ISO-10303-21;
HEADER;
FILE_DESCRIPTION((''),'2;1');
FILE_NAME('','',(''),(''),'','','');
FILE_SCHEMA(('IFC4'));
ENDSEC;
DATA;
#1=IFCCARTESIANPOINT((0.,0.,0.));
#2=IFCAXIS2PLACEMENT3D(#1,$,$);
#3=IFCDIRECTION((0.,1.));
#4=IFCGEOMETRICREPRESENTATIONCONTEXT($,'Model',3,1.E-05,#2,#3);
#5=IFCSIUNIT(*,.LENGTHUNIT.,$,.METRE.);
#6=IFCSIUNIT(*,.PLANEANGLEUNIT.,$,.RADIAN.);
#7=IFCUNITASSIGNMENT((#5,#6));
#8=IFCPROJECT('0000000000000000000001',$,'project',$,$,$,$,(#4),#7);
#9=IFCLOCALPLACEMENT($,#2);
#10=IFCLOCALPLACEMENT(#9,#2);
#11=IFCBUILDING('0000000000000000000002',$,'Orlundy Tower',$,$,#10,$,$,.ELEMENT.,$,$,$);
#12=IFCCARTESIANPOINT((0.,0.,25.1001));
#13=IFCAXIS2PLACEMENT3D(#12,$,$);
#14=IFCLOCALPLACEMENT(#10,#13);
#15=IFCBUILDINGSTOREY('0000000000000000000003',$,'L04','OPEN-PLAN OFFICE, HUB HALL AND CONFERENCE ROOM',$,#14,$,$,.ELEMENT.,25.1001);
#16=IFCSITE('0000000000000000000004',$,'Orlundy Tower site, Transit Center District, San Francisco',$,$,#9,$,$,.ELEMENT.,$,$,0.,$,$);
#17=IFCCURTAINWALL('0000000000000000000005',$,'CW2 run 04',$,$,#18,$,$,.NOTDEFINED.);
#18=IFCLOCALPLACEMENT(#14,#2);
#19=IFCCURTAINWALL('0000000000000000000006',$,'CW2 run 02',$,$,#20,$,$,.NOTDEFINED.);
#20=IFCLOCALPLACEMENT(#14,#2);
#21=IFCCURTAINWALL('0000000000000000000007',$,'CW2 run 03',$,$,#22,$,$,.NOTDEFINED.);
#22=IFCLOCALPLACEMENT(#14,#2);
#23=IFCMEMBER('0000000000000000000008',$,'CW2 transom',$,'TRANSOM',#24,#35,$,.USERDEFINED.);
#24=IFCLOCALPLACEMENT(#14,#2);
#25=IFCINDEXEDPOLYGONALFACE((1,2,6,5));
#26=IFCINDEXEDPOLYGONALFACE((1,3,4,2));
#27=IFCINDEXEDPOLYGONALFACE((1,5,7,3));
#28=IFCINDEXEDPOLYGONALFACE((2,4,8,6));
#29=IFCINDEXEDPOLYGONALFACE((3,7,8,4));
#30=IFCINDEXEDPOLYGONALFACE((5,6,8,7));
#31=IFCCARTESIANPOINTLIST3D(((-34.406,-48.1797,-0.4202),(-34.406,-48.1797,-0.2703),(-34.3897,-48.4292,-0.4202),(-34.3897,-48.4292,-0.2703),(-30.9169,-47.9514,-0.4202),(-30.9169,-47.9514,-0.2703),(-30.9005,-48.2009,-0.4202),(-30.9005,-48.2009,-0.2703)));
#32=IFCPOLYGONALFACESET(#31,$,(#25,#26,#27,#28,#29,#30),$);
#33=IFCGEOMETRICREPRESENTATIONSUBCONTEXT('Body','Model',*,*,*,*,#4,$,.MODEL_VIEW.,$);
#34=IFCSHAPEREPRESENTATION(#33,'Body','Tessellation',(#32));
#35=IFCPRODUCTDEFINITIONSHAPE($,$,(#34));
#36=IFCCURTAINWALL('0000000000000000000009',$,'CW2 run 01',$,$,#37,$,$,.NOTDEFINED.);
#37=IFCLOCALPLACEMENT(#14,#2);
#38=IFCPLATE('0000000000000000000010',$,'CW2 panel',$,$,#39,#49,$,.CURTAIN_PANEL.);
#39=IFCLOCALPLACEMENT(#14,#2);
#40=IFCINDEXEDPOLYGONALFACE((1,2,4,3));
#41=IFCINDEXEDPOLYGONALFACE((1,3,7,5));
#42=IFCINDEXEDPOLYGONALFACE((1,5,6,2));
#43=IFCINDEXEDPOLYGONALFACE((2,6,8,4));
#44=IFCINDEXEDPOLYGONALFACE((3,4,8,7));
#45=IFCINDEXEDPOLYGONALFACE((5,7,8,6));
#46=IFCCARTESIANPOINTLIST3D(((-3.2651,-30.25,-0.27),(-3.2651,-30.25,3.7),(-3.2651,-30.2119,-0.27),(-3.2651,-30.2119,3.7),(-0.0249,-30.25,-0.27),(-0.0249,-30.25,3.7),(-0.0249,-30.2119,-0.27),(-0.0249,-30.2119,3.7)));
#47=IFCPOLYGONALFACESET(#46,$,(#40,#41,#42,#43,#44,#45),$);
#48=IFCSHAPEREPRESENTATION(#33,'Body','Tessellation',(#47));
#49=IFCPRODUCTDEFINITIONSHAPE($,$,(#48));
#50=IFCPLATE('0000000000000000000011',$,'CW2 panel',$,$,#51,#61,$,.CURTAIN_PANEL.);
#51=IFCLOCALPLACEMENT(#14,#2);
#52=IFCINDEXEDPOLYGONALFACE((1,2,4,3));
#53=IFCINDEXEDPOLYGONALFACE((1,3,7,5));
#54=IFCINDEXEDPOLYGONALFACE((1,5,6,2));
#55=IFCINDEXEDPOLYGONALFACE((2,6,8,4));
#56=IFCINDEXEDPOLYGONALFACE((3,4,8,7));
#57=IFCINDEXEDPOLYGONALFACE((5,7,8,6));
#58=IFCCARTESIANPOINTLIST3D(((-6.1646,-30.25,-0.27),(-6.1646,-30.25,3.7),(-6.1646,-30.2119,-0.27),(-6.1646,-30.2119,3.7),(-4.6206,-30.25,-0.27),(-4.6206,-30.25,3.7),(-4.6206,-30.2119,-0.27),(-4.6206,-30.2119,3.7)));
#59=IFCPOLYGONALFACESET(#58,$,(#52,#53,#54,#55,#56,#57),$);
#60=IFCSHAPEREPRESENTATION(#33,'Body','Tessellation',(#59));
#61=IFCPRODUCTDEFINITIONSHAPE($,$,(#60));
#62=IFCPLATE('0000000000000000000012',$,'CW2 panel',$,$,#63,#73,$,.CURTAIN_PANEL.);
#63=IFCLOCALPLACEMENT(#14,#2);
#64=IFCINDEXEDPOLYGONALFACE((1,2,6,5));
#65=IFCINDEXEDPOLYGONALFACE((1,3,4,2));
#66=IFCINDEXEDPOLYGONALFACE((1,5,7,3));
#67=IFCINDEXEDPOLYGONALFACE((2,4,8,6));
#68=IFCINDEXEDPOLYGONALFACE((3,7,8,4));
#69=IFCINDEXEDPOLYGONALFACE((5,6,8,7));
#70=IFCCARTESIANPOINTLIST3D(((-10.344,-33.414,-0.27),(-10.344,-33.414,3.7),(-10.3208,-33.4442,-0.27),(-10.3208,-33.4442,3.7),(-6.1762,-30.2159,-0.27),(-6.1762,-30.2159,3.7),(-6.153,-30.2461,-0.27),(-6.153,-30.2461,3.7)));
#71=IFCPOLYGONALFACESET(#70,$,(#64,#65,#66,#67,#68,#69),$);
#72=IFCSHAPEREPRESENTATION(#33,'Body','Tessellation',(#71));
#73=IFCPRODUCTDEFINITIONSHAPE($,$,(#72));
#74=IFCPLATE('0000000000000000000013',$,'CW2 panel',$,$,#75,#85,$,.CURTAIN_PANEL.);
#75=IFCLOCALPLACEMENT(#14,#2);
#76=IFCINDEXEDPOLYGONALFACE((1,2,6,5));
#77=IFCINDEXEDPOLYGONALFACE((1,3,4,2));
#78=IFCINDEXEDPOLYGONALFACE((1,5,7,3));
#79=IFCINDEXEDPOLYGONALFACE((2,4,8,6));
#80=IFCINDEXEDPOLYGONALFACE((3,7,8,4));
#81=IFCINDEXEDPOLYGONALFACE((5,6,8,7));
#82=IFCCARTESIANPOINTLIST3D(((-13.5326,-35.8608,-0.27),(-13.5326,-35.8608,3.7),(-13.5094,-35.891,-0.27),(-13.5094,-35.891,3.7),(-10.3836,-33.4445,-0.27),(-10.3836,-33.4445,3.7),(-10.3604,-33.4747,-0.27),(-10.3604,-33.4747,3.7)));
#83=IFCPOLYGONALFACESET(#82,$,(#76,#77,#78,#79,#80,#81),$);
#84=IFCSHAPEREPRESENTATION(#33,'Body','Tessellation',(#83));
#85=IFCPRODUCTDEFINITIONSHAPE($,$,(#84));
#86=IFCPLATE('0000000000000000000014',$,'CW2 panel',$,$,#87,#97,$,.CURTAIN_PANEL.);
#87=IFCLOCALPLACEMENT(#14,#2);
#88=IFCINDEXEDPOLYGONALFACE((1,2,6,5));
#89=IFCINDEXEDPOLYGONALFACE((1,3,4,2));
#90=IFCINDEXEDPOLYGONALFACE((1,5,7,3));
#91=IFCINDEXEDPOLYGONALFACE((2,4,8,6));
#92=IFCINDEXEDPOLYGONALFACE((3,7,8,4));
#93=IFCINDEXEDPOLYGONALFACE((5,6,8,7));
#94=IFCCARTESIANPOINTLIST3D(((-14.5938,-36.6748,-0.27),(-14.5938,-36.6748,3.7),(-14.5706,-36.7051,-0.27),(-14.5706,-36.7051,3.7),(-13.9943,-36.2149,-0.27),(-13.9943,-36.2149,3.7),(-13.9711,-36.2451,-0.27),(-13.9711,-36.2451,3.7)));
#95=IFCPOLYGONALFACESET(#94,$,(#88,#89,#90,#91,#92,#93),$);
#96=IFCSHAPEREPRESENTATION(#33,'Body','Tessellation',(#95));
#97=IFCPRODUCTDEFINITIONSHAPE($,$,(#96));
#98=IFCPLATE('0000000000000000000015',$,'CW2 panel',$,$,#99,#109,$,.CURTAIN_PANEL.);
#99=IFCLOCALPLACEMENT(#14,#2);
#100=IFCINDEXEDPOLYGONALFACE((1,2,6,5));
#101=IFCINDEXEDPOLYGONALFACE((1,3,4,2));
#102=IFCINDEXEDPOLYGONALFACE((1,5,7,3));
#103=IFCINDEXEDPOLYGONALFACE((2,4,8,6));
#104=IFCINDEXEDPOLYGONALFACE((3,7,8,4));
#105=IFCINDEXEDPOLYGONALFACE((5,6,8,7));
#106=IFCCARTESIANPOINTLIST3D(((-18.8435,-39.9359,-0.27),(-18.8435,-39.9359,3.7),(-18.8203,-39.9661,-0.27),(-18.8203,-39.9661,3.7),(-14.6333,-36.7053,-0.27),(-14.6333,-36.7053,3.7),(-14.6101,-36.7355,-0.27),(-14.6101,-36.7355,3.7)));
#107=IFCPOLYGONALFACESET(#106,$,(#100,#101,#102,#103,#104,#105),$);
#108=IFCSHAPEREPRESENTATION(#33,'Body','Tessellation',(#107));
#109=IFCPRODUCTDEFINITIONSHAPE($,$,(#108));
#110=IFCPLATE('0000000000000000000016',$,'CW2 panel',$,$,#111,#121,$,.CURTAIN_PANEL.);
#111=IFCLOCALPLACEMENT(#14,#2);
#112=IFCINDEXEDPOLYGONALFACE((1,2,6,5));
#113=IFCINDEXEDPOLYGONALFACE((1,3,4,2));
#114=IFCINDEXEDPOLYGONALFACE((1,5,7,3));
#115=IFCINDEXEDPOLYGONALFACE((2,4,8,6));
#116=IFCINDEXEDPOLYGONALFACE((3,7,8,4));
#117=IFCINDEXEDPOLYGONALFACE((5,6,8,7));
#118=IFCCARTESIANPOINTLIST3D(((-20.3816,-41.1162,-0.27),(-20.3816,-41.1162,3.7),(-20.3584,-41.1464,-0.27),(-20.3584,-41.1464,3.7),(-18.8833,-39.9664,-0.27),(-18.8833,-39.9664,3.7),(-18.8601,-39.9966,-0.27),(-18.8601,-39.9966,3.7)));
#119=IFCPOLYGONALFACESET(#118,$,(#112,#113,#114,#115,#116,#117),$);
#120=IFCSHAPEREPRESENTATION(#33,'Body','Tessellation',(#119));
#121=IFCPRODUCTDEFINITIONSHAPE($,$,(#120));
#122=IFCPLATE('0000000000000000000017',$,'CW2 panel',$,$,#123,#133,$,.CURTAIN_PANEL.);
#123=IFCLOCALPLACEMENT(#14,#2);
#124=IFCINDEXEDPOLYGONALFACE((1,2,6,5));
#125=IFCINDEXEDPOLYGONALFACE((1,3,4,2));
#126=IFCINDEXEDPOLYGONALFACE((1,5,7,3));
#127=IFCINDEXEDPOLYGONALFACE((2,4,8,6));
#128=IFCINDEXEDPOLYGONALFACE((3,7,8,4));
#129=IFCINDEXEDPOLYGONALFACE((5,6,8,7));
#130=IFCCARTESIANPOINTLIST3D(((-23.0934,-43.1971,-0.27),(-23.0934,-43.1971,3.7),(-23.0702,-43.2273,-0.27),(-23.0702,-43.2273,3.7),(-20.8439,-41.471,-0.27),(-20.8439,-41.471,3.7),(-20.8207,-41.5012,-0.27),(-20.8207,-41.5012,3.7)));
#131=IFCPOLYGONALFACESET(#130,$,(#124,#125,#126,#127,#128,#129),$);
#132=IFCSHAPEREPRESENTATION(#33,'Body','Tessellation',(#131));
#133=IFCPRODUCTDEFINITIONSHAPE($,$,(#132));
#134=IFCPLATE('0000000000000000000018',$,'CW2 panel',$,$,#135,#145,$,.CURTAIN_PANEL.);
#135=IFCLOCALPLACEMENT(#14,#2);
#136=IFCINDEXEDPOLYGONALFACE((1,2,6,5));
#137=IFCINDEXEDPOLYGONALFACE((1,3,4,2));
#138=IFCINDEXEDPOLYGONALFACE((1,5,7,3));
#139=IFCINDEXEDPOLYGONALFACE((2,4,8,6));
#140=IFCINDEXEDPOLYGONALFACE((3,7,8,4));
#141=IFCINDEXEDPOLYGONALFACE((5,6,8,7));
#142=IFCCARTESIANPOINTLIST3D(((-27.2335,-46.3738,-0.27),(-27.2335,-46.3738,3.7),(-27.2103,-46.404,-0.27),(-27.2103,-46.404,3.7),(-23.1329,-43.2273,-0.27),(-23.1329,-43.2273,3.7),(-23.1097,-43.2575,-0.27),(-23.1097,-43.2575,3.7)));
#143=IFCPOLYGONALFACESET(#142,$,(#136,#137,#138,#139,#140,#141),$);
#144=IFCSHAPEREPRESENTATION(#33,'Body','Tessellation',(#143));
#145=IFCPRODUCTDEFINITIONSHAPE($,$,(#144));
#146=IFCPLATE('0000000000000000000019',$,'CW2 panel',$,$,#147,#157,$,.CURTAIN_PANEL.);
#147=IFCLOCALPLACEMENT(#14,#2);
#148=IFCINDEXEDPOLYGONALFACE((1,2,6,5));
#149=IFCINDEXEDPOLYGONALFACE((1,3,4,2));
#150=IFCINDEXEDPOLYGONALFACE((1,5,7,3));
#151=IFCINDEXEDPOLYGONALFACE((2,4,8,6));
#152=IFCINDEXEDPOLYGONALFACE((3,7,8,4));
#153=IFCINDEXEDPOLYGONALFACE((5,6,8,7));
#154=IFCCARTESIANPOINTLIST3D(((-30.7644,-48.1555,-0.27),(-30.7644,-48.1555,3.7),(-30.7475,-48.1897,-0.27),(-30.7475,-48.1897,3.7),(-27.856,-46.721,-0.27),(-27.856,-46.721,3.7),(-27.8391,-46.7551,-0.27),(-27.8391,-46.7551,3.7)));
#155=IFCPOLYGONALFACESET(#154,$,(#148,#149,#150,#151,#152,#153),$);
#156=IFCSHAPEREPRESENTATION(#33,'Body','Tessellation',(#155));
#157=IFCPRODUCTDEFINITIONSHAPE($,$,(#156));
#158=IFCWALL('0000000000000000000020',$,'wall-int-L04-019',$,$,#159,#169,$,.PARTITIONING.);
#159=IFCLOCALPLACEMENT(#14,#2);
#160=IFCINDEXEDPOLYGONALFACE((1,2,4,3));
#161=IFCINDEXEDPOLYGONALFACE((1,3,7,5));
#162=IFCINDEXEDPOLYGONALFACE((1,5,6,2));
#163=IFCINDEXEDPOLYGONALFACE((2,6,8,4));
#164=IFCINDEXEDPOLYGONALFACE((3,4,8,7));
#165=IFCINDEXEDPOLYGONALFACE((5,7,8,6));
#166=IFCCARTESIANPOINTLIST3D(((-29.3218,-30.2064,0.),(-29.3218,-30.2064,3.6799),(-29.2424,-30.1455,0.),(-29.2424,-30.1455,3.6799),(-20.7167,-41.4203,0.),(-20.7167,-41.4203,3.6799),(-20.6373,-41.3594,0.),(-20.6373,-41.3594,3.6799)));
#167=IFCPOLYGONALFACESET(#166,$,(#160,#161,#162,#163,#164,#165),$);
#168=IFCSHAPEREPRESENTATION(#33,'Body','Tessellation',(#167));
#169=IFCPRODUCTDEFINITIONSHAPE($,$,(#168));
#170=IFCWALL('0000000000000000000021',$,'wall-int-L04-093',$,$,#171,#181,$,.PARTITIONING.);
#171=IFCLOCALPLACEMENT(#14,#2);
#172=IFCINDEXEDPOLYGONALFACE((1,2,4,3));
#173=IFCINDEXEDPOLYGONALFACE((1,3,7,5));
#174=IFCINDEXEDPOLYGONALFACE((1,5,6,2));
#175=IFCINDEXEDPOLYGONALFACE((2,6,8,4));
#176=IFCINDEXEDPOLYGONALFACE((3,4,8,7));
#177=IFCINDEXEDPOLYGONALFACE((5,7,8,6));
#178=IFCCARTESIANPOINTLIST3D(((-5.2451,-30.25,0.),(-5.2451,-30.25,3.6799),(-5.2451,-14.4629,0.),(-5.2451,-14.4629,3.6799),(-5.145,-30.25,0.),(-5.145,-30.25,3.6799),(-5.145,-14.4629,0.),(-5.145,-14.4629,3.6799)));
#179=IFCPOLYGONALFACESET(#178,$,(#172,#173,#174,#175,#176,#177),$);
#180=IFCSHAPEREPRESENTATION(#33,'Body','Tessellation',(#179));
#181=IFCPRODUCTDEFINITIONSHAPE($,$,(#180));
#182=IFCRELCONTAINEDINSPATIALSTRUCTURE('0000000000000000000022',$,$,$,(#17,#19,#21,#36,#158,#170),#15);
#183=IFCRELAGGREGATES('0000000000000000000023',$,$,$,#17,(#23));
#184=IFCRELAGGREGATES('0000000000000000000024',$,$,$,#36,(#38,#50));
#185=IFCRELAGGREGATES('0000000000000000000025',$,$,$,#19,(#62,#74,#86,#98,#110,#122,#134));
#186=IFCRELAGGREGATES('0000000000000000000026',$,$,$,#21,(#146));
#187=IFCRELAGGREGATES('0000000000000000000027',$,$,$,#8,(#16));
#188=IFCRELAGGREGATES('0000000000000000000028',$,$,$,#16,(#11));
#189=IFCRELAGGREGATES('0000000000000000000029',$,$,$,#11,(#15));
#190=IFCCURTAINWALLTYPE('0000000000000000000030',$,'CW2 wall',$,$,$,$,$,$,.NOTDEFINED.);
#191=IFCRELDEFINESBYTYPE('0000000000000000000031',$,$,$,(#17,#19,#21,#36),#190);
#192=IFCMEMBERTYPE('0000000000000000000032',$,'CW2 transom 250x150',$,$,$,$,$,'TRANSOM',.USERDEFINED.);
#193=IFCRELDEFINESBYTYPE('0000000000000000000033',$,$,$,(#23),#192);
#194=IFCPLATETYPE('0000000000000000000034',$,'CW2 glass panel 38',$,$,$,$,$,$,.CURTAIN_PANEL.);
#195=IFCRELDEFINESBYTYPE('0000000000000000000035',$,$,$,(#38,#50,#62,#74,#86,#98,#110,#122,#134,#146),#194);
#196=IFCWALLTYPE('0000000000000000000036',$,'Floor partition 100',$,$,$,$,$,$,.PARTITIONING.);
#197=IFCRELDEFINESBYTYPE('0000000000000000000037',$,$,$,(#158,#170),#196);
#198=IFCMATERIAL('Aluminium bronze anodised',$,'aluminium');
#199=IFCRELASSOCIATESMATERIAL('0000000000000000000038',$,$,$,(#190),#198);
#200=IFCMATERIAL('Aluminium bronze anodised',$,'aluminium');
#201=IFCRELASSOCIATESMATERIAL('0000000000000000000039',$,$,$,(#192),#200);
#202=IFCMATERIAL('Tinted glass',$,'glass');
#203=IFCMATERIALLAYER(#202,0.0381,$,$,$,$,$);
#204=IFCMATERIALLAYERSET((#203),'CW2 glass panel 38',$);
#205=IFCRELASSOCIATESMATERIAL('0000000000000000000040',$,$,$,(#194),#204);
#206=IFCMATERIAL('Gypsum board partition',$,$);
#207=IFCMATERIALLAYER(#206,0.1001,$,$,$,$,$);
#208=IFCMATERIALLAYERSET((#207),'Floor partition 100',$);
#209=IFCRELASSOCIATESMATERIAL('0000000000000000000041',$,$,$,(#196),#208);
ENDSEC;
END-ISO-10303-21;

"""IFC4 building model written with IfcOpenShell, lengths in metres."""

from ifc_helpers import new_model, si_unit, direction, frame, frame_2d, origin, origin_2d, place, context, subcontext, project, spatial, rectangle, extrude, material, layer, layer_set, material_profile, profile_set, type_object, element, aggregate, save


model = new_model("IFC4")

# Units and contexts
model_context = context("Model", 3, precision=1e-05, world=origin(), true_north=direction((0.0, 1.0)))
body_context = subcontext(model_context, "Body", "Model", "MODEL_VIEW")
ifc_project = project(units=[si_unit("LENGTHUNIT", "METRE"), si_unit("PLANEANGLEUNIT", "RADIAN")], contexts=[model_context])

# Site, building, storey
site_placement = place(None, origin())
site = spatial("IfcSite", under=ifc_project, at=site_placement, Name="Orlundy Tower site, Transit Center District, San Francisco", CompositionType="ELEMENT", RefElevation=0.0)
building_placement = place(site_placement, origin())
building = spatial("IfcBuilding", under=site, at=building_placement, Name="Orlundy Tower", CompositionType="ELEMENT")
storey_placement = place(building_placement, frame((0.0, 0.0, 25.1001)))
storey = spatial("IfcBuildingStorey", under=building, at=storey_placement, Name="L04", Description="OPEN-PLAN OFFICE, HUB HALL AND CONFERENCE ROOM", CompositionType="ELEMENT", Elevation=25.1001)

# Curtain wall
ifc_material_1 = material(Name="Aluminium bronze anodised", Category="aluminium")
curtain_wall_type = type_object("IfcCurtainWallType", Name="CW2 wall", PredefinedType="NOTDEFINED", material=ifc_material_1)
curtain_wall_1_placement = place(storey_placement, origin())
curtain_wall_1 = element("IfcCurtainWall", 1, at=curtain_wall_1_placement, inside=storey, type_object=curtain_wall_type, Name="CW2 run 04", PredefinedType="NOTDEFINED")

# Curtain wall
curtain_wall_2_placement = place(storey_placement, origin())
curtain_wall_2 = element("IfcCurtainWall", 2, at=curtain_wall_2_placement, inside=storey, type_object=curtain_wall_type, Name="CW2 run 02", PredefinedType="NOTDEFINED")
ifc_material_2 = material(Name="Aluminium bronze anodised", Category="aluminium")
ifc_material_profile_1 = material_profile(ifc_material_2, rectangle(XDim=0.25, YDim=0.1499, at=origin_2d()), Name="CW2 transom 250x150")
ifc_profile_set_1 = profile_set([ifc_material_profile_1], Name="Aluminium bronze anodised")
member_type_1 = type_object("IfcMemberType", Name="CW2 transom 250x150", ElementType="TRANSOM", PredefinedType="USERDEFINED", material=ifc_profile_set_1)

# Curtain wall
curtain_wall_3_placement = place(storey_placement, origin())
curtain_wall_3 = element("IfcCurtainWall", 3, at=curtain_wall_3_placement, inside=storey, type_object=curtain_wall_type, Name="CW2 run 03", PredefinedType="NOTDEFINED")

# Member
member_1_placement = place(storey_placement, frame((-30.9087, -48.0762, -0.3452), z_axis=(-0.997867, -0.065286, 0.0), x_axis=(0.065286, -0.997867, 0.0)))
member_1 = element("IfcMember", 4, at=member_1_placement, type_object=member_type_1, Name="CW2 transom", ObjectType="TRANSOM", PredefinedType="USERDEFINED", context=body_context, shape_type="SweptSolid", body=[
    extrude(rectangle(XDim=0.25, YDim=0.1499, at=origin_2d()), origin(), (0.0, 0.0, 1.0), 3.4966),
])
aggregate(curtain_wall_1, [member_1])

# Curtain wall, plates
curtain_wall_4_placement = place(storey_placement, origin())
curtain_wall_4 = element("IfcCurtainWall", 5, at=curtain_wall_4_placement, inside=storey, type_object=curtain_wall_type, Name="CW2 run 01", PredefinedType="NOTDEFINED")
ifc_material_3 = material(Name="Tinted glass", Category="glass")
ifc_layer_1 = layer(ifc_material_3, 0.0381)
ifc_layer_set_1 = layer_set([ifc_layer_1], Name="CW2 glass panel 38")
plate_type = type_object("IfcPlateType", Name="CW2 glass panel 38", PredefinedType="CURTAIN_PANEL", material=ifc_layer_set_1)
plate_1_placement = place(storey_placement, frame((-1.645, -30.231, -0.27), z_axis=(0.0, 0.0, 1.0), x_axis=(-1.0, 0.0, 0.0)))
plate_1 = element("IfcPlate", 6, at=plate_1_placement, type_object=plate_type, Name="CW2 panel", PredefinedType="CURTAIN_PANEL", context=body_context, shape_type="SweptSolid", body=[
    extrude(rectangle(XDim=3.2402, YDim=0.0381, at=origin_2d()), origin(), (0.0, 0.0, 1.0), 3.97),
])
plate_2_placement = place(storey_placement, frame((-5.3926, -30.231, -0.27), z_axis=(0.0, 0.0, 1.0), x_axis=(-1.0, 0.0, 0.0)))
plate_2 = element("IfcPlate", 7, at=plate_2_placement, type_object=plate_type, Name="CW2 panel", PredefinedType="CURTAIN_PANEL", context=body_context, shape_type="SweptSolid", body=[
    extrude(rectangle(XDim=1.5439, YDim=0.0381, at=origin_2d()), origin(), (0.0, 0.0, 1.0), 3.97),
])
aggregate(curtain_wall_4, [plate_1, plate_2])

# Plates
plate_3_placement = place(storey_placement, frame((-8.2485, -31.8301, -0.27), z_axis=(0.0, 0.0, 1.0), x_axis=(-0.793352, -0.608763, 0.0)))
plate_3 = element("IfcPlate", 8, at=plate_3_placement, type_object=plate_type, Name="CW2 panel", PredefinedType="CURTAIN_PANEL", context=body_context, shape_type="SweptSolid", body=[
    extrude(rectangle(XDim=5.2534, YDim=0.0381, at=origin_2d()), origin(), (0.0, 0.0, 1.0), 3.97),
])
plate_4_placement = place(storey_placement, frame((-11.9465, -34.6677, -0.27), z_axis=(0.0, 0.0, 1.0), x_axis=(-0.793352, -0.608763, 0.0)))
plate_4 = element("IfcPlate", 9, at=plate_4_placement, type_object=plate_type, Name="CW2 panel", PredefinedType="CURTAIN_PANEL", context=body_context, shape_type="SweptSolid", body=[
    extrude(rectangle(XDim=3.9692, YDim=0.0381, at=origin_2d()), origin(), (0.0, 0.0, 1.0), 3.97),
])
plate_5_placement = place(storey_placement, frame((-14.2825, -36.46, -0.27), z_axis=(0.0, 0.0, 1.0), x_axis=(-0.793352, -0.608763, 0.0)))
plate_5 = element("IfcPlate", 10, at=plate_5_placement, type_object=plate_type, Name="CW2 panel", PredefinedType="CURTAIN_PANEL", context=body_context, shape_type="SweptSolid", body=[
    extrude(rectangle(XDim=0.7556, YDim=0.0381, at=origin_2d()), origin(), (0.0, 0.0, 1.0), 3.97),
])
plate_6_placement = place(storey_placement, frame((-16.7268, -38.3357, -0.27), z_axis=(0.0, 0.0, 1.0), x_axis=(-0.793352, -0.608763, 0.0)))
plate_6 = element("IfcPlate", 11, at=plate_6_placement, type_object=plate_type, Name="CW2 panel", PredefinedType="CURTAIN_PANEL", context=body_context, shape_type="SweptSolid", body=[
    extrude(rectangle(XDim=5.3069, YDim=0.0381, at=origin_2d()), origin(), (0.0, 0.0, 1.0), 3.97),
])
plate_7_placement = place(storey_placement, frame((-19.6208, -40.5564, -0.27), z_axis=(0.0, 0.0, 1.0), x_axis=(-0.793352, -0.608763, 0.0)))
plate_7 = element("IfcPlate", 12, at=plate_7_placement, type_object=plate_type, Name="CW2 panel", PredefinedType="CURTAIN_PANEL", context=body_context, shape_type="SweptSolid", body=[
    extrude(rectangle(XDim=1.8887, YDim=0.0381, at=origin_2d()), origin(), (0.0, 0.0, 1.0), 3.97),
])
plate_8_placement = place(storey_placement, frame((-21.957, -42.3491, -0.27), z_axis=(0.0, 0.0, 1.0), x_axis=(-0.793352, -0.608763, 0.0)))
plate_8 = element("IfcPlate", 13, at=plate_8_placement, type_object=plate_type, Name="CW2 panel", PredefinedType="CURTAIN_PANEL", context=body_context, shape_type="SweptSolid", body=[
    extrude(rectangle(XDim=2.8354, YDim=0.0381, at=origin_2d()), origin(), (0.0, 0.0, 1.0), 3.97),
])
plate_9_placement = place(storey_placement, frame((-25.1716, -44.8157, -0.27), z_axis=(0.0, 0.0, 1.0), x_axis=(-0.793352, -0.608763, 0.0)))
plate_9 = element("IfcPlate", 14, at=plate_9_placement, type_object=plate_type, Name="CW2 panel", PredefinedType="CURTAIN_PANEL", context=body_context, shape_type="SweptSolid", body=[
    extrude(rectangle(XDim=5.1687, YDim=0.0381, at=origin_2d()), origin(), (0.0, 0.0, 1.0), 3.97),
])
aggregate(curtain_wall_2, [plate_3, plate_4, plate_5, plate_6, plate_7, plate_8, plate_9])
plate_10_placement = place(storey_placement, frame((-29.3018, -47.4553, -0.27), z_axis=(0.0, 0.0, 1.0), x_axis=(-0.896842, -0.442352, 0.0)))
plate_10 = element("IfcPlate", 15, at=plate_10_placement, type_object=plate_type, Name="CW2 panel", PredefinedType="CURTAIN_PANEL", context=body_context, shape_type="SweptSolid", body=[
    extrude(rectangle(XDim=3.2429, YDim=0.0381, at=origin_2d()), origin(), (0.0, 0.0, 1.0), 3.97),
])
aggregate(curtain_wall_3, [plate_10])

# Walls
ifc_material_4 = material(Name="Gypsum board partition")
ifc_layer_2 = layer(ifc_material_4, 0.1001)
ifc_layer_set_2 = layer_set([ifc_layer_2], Name="Floor partition 100")
wall_type = type_object("IfcWallType", Name="Floor partition 100", PredefinedType="PARTITIONING", material=ifc_layer_set_2)
wall_1_placement = place(storey_placement, frame((-29.282, -30.176, 0.0), z_axis=(0.0, 0.0, 1.0), x_axis=(0.608774, -0.793344, 0.0)))
element("IfcWall", 16, at=wall_1_placement, inside=storey, type_object=wall_type, Name="wall-int-L04-019", PredefinedType="PARTITIONING", context=body_context, shape_type="SweptSolid", body=[
    extrude(rectangle(XDim=14.135, YDim=0.1001, at=frame_2d((7.0674, 0.0))), origin(), (0.0, 0.0, 1.0), 3.6799),
])
wall_2_placement = place(storey_placement, frame((-5.1951, -30.25, 0.0), z_axis=(0.0, 0.0, 1.0), x_axis=(0.0, 1.0, 0.0)))
element("IfcWall", 17, at=wall_2_placement, inside=storey, type_object=wall_type, Name="wall-int-L04-093", PredefinedType="PARTITIONING", context=body_context, shape_type="SweptSolid", body=[
    extrude(rectangle(XDim=15.7871, YDim=0.1001, at=frame_2d((7.8936, 0.0))), origin(), (0.0, 0.0, 1.0), 3.6799),
])

save(model, "model.ifc")
